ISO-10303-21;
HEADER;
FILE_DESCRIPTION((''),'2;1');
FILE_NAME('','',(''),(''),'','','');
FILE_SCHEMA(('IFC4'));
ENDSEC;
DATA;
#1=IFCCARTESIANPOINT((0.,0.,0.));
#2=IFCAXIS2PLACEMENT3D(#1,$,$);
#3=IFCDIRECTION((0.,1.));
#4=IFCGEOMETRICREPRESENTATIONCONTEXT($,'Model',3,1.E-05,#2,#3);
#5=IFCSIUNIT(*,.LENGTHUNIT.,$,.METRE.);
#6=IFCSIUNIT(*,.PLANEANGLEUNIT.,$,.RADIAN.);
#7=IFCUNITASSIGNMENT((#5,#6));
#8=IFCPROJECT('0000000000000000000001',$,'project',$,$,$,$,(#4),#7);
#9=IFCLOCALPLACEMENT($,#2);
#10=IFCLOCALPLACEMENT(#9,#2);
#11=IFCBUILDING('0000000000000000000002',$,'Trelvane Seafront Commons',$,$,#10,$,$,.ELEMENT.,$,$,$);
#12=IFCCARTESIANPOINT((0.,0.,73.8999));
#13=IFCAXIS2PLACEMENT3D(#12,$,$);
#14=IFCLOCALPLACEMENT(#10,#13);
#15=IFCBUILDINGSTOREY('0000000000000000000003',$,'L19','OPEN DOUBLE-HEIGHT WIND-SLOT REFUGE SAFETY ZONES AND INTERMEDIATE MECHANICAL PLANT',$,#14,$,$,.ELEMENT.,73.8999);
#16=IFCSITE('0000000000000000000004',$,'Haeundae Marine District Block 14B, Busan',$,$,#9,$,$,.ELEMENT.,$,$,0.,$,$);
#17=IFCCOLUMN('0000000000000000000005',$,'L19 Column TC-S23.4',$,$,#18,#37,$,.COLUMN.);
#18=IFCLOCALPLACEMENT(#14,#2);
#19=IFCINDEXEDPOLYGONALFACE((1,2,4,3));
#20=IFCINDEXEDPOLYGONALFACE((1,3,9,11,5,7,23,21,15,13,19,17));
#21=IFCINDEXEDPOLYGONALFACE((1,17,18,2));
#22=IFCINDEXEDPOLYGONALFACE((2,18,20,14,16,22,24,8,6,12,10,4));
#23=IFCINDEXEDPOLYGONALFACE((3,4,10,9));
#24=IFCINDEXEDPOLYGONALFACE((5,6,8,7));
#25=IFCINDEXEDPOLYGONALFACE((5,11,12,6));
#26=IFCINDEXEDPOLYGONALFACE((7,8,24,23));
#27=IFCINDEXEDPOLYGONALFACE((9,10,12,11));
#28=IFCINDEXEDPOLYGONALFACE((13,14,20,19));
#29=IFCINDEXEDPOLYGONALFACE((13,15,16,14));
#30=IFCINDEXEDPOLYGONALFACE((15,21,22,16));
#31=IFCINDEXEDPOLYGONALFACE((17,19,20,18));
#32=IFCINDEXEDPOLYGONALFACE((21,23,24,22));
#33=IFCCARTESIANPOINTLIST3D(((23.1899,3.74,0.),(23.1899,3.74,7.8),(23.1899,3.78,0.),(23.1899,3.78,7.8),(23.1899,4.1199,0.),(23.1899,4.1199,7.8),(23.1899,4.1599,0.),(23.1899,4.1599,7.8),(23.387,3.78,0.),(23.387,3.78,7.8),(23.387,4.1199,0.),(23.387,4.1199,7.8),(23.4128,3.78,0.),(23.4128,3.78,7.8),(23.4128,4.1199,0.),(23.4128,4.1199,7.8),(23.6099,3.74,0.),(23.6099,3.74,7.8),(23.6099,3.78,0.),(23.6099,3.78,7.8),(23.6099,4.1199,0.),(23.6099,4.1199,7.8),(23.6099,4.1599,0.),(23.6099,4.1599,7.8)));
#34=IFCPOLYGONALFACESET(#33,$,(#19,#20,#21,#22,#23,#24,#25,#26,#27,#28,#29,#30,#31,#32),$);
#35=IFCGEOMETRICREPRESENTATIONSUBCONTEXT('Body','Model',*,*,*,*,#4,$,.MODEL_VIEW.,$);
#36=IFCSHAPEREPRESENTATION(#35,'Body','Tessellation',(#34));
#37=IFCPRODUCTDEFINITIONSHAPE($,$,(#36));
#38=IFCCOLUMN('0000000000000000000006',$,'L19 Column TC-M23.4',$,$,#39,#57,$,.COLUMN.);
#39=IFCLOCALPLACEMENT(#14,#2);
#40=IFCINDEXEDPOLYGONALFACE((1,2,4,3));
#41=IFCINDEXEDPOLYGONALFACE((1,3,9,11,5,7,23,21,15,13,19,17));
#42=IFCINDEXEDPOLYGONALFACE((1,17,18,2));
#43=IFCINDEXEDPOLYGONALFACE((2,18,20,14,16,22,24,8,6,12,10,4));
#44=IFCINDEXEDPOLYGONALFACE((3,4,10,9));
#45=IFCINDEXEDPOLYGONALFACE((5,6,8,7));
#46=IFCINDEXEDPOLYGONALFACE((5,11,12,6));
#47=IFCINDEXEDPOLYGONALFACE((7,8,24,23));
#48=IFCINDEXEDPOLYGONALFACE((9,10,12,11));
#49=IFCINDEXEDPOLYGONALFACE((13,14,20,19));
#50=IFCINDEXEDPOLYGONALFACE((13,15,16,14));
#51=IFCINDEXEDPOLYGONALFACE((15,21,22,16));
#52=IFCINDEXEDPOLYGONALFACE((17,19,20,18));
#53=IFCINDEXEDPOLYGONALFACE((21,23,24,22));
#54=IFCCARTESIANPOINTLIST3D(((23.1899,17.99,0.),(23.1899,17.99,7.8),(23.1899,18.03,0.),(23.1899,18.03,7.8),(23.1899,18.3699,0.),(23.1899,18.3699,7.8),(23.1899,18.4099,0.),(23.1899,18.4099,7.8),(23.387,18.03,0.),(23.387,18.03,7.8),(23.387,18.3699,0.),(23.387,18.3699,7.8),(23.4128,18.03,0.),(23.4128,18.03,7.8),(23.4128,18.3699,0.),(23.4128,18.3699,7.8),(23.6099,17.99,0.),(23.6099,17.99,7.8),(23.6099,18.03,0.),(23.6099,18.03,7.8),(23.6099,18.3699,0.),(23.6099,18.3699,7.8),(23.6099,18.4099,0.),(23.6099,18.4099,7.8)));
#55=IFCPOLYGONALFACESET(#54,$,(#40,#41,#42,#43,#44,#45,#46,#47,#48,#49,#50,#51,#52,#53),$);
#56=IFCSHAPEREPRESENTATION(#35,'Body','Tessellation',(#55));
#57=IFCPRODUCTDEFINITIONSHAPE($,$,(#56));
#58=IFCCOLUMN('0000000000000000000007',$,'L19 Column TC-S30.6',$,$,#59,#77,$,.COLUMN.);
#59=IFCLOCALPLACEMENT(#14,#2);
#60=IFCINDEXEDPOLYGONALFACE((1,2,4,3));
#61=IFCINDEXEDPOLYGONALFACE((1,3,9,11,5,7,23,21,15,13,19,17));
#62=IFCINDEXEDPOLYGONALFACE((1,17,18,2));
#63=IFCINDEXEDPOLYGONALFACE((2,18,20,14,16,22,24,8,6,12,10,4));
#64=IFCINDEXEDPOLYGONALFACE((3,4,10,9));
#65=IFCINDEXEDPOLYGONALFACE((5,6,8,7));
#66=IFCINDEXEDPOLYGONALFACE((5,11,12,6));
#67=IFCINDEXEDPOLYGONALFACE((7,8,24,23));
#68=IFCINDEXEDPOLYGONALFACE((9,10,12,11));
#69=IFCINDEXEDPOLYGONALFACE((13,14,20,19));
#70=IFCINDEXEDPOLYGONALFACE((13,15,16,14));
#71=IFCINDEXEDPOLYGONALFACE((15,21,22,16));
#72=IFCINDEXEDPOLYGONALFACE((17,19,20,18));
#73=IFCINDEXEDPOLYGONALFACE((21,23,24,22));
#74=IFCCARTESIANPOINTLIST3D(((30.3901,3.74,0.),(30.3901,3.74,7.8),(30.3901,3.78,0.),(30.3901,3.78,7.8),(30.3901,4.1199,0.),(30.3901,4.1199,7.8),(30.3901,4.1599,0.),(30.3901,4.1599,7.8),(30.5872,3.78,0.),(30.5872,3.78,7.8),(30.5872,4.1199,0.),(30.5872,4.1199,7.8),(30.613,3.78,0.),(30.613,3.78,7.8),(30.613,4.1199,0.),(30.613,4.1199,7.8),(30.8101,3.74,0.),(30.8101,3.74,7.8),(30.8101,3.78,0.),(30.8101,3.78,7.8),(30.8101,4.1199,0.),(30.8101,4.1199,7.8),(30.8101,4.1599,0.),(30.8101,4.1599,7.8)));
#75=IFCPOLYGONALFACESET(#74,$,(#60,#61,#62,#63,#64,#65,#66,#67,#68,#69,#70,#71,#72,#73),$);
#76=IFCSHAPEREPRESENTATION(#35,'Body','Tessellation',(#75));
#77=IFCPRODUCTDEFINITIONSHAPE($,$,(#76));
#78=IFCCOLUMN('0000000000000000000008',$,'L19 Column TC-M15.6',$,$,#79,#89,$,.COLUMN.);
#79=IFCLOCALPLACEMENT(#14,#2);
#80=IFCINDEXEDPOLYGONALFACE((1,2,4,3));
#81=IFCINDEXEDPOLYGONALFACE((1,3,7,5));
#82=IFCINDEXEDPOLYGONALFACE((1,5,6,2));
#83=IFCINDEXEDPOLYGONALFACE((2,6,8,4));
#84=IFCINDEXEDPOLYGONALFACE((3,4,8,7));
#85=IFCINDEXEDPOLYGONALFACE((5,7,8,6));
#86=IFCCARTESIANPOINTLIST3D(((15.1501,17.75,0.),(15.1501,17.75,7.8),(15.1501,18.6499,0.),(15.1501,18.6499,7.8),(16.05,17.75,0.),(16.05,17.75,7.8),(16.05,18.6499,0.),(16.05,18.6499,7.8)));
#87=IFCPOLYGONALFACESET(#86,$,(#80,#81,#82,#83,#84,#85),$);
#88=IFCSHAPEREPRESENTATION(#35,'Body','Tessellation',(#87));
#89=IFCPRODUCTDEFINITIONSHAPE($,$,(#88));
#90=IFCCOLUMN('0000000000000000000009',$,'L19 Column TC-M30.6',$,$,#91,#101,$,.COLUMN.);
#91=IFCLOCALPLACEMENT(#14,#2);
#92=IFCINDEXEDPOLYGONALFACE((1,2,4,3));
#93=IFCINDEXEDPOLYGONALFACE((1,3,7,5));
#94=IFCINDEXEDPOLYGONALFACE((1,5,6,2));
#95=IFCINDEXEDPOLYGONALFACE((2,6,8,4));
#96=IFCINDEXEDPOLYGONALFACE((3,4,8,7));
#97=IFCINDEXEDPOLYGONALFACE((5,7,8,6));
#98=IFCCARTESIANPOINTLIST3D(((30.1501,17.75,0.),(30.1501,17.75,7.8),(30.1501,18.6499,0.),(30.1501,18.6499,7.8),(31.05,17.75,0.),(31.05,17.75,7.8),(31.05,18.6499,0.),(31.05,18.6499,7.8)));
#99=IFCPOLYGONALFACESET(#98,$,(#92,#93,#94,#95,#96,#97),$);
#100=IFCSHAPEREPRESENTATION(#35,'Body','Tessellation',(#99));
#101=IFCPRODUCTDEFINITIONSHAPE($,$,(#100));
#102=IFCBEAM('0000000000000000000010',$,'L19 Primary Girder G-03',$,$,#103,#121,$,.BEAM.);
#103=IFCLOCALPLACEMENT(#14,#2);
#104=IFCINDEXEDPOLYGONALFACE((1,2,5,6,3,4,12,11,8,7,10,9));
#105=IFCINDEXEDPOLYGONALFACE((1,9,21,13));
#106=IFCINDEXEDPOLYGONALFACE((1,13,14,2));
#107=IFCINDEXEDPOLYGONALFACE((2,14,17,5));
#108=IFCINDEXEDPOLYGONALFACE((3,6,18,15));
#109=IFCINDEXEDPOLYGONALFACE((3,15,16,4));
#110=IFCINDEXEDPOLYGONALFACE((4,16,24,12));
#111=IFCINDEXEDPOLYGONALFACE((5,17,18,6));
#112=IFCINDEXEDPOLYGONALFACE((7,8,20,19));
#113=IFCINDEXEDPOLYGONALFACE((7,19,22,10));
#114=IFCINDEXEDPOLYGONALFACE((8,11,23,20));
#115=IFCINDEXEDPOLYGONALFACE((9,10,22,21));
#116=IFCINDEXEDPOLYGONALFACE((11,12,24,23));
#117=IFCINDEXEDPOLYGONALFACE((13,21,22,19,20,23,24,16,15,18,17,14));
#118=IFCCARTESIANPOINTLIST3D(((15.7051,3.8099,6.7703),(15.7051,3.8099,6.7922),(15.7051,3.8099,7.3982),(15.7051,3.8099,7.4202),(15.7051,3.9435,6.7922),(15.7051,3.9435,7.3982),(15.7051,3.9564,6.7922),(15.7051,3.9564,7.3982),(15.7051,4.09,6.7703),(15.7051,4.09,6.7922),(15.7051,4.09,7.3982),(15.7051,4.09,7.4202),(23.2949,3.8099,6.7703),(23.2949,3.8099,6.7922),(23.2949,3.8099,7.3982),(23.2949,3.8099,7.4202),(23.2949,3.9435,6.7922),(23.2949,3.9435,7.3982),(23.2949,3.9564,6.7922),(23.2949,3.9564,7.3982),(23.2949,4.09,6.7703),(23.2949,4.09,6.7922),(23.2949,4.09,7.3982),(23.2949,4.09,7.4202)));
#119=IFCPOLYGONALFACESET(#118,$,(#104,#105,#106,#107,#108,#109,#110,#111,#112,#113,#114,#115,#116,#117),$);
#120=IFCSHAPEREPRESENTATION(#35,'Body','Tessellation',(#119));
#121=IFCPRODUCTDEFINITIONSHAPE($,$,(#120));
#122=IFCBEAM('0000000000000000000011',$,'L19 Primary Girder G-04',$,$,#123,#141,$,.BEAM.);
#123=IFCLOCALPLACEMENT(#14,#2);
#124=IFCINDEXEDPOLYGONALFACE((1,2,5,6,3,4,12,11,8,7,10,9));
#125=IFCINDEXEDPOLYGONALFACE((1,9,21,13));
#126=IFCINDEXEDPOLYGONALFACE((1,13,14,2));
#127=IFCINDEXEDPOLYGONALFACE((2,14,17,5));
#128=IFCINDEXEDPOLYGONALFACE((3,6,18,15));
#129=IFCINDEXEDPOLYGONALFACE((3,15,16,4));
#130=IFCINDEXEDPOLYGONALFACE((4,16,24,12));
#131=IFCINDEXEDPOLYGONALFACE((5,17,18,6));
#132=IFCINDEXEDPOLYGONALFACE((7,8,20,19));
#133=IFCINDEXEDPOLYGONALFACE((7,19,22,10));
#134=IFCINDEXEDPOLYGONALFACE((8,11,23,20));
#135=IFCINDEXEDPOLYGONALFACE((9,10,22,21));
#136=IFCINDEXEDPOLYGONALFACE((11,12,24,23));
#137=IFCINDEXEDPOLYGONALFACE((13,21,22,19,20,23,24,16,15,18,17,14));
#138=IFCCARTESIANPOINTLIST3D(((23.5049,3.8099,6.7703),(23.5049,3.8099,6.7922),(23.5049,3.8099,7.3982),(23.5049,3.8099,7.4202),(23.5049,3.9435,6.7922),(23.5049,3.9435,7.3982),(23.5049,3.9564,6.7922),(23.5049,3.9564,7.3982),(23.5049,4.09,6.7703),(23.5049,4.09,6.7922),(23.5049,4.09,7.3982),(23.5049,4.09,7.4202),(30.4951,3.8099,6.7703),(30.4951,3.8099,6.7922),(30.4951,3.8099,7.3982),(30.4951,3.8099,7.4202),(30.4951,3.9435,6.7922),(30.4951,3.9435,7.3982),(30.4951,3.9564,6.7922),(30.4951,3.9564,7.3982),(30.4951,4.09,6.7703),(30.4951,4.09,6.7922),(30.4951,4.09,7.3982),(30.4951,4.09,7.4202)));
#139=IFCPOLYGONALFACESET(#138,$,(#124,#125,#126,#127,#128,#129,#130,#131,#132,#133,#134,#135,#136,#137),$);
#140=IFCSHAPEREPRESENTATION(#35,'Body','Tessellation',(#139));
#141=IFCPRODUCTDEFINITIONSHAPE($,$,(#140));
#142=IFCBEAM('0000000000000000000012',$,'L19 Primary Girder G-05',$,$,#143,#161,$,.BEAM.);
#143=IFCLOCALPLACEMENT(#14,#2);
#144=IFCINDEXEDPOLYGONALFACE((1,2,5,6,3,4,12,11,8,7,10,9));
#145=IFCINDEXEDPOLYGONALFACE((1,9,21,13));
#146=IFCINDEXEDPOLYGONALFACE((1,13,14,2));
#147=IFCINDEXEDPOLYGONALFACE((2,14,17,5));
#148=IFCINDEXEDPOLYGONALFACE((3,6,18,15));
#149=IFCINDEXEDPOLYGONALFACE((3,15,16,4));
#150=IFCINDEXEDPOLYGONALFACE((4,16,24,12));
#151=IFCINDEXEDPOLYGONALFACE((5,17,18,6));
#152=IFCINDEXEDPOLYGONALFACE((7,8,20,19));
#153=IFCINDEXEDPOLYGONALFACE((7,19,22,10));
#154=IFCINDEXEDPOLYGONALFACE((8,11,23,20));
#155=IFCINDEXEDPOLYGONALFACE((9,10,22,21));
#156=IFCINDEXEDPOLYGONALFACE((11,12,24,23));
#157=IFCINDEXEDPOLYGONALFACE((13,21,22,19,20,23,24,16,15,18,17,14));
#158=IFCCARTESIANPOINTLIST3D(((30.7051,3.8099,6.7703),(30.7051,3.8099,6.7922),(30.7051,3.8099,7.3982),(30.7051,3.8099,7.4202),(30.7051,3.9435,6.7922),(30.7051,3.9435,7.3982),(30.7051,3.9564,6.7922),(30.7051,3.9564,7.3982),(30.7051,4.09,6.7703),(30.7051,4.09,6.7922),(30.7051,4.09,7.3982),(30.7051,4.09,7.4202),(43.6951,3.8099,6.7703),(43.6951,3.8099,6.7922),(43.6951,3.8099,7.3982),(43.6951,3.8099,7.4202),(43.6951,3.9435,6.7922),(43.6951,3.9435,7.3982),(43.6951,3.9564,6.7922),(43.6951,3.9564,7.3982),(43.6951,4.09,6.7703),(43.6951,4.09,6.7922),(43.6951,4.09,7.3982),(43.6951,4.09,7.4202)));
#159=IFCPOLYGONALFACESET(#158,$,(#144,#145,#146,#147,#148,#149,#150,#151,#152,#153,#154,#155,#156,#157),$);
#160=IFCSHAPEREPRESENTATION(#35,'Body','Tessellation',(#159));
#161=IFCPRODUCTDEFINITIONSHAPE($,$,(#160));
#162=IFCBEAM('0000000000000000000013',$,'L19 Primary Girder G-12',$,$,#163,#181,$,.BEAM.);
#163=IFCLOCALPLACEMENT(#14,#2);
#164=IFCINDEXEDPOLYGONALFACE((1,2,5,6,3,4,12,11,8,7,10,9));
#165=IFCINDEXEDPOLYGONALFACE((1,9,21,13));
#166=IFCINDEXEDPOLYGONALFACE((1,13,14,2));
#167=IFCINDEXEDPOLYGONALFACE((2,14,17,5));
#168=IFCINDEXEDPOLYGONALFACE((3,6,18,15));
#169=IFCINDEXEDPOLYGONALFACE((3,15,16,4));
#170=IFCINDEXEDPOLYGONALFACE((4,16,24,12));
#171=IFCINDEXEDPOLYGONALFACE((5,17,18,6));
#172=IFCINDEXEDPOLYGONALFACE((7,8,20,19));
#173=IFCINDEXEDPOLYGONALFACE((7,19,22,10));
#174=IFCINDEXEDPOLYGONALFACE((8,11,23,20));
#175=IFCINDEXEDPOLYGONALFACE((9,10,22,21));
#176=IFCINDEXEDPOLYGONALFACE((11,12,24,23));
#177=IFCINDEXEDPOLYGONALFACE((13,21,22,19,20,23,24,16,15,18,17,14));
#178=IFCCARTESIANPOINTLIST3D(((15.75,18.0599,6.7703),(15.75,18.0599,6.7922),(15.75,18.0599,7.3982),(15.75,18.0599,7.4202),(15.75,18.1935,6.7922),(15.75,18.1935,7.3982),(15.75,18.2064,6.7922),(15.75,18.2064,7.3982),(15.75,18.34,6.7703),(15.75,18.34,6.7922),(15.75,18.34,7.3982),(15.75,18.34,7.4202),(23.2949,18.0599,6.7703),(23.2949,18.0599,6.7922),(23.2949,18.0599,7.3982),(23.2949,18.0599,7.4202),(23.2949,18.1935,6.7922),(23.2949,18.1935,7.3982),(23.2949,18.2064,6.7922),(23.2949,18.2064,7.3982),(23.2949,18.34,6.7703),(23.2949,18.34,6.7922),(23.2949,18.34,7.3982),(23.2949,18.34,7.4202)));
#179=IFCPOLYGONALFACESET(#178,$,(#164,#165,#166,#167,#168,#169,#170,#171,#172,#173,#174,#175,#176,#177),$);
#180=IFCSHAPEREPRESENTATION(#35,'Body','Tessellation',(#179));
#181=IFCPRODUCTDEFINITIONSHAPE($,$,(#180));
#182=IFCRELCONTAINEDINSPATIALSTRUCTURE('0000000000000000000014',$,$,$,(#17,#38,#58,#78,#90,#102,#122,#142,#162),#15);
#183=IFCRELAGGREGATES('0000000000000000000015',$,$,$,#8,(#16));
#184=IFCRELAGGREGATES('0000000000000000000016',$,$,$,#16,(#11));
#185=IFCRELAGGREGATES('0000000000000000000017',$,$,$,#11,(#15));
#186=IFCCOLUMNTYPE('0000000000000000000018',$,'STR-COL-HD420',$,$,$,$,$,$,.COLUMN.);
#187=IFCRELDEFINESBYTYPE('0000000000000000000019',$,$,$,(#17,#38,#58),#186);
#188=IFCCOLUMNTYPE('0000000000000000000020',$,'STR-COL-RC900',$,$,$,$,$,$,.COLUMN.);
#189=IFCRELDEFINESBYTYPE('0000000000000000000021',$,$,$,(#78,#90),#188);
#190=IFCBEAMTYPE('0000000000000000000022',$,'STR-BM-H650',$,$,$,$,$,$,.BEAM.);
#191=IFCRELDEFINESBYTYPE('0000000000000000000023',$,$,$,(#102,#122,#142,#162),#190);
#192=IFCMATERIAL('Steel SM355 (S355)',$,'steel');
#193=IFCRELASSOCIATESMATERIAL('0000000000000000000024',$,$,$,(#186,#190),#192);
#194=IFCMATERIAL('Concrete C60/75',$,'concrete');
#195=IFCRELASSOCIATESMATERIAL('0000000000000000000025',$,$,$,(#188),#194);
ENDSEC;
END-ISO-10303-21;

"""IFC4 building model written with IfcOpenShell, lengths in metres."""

from ifc_helpers import new_model, si_unit, direction, frame, origin, origin_2d, place, context, subcontext, project, spatial, rectangle, i_section, extrude, source, transform, mapped, material, material_profile, profile_set, type_object, element, save


model = new_model("IFC4")

# Units and contexts
model_context = context("Model", 3, precision=1e-05, world=origin(), true_north=direction((0.0, 1.0)))
body_context = subcontext(model_context, "Body", "Model", "MODEL_VIEW")
ifc_project = project(units=[si_unit("LENGTHUNIT", "METRE"), si_unit("PLANEANGLEUNIT", "RADIAN")], contexts=[model_context])

# Site, building, storey
site_placement = place(None, origin())
site = spatial("IfcSite", under=ifc_project, at=site_placement, Name="Haeundae Marine District Block 14B, Busan", CompositionType="ELEMENT", RefElevation=0.0)
building_placement = place(site_placement, origin())
building = spatial("IfcBuilding", under=site, at=building_placement, Name="Trelvane Seafront Commons", CompositionType="ELEMENT")
storey_placement = place(building_placement, frame((0.0, 0.0, 73.8999)))
storey = spatial("IfcBuildingStorey", under=building, at=storey_placement, Name="L19", Description="OPEN DOUBLE-HEIGHT WIND-SLOT REFUGE SAFETY ZONES AND INTERMEDIATE MECHANICAL PLANT", CompositionType="ELEMENT", Elevation=73.8999)

# Columns
ifc_material_1 = material(Name="Steel SM355 (S355)", Category="steel")
ifc_material_profile_1 = material_profile(ifc_material_1, i_section(OverallWidth=0.4199, OverallDepth=0.4199, WebThickness=0.0259, FlangeThickness=0.04, at=origin_2d()), Name="HD-420x420x26x40")
ifc_profile_set_1 = profile_set([ifc_material_profile_1], Name="Steel SM355 (S355)")
column_type_1 = type_object("IfcColumnType", Name="STR-COL-HD420", PredefinedType="COLUMN", material=ifc_profile_set_1)
shared_shape_1 = source(origin(), body_context, "Body", "SweptSolid", [
    extrude(i_section(OverallWidth=0.4199, OverallDepth=0.4199, WebThickness=0.0259, FlangeThickness=0.04, at=origin_2d()), origin(), (0.0, 0.0, 1.0), 7.8),
])
for number, where, z_axis, x_axis, name in (
    (1, (23.3999, 3.95, 0.0), (0.0, 0.0, 1.0), (1.0, 0.0, 0.0), "L19 Column TC-S23.4"),
    (2, (23.3999, 18.2, 0.0), (0.0, 0.0, 1.0), (1.0, 0.0, 0.0), "L19 Column TC-M23.4"),
    (3, (30.6001, 3.95, 0.0), (0.0, 0.0, 1.0), (1.0, 0.0, 0.0), "L19 Column TC-S30.6"),
):
    element("IfcColumn", number, at=place(storey_placement, frame(where, z_axis=z_axis, x_axis=x_axis)), inside=storey, type_object=column_type_1, Name=name, PredefinedType="COLUMN", context=body_context, shape_type="MappedRepresentation", body=[
        mapped(shared_shape_1, transform((0.0, 0.0, 0.0), x_axis=(1.0, 0.0, 0.0), y_axis=(0.0, 1.0, 0.0), z_axis=(0.0, 0.0, 1.0), scale=1.0)),
    ])
ifc_material_2 = material(Name="Concrete C60/75", Category="concrete")
ifc_material_profile_2 = material_profile(ifc_material_2, rectangle(XDim=0.8999, YDim=0.8999, at=origin_2d()), Name="RC-900x900")
ifc_profile_set_2 = profile_set([ifc_material_profile_2], Name="Concrete C60/75")
column_type_2 = type_object("IfcColumnType", Name="STR-COL-RC900", PredefinedType="COLUMN", material=ifc_profile_set_2)
shared_shape_2 = source(origin(), body_context, "Body", "SweptSolid", [
    extrude(rectangle(XDim=0.8999, YDim=0.8999, at=origin_2d()), origin(), (0.0, 0.0, 1.0), 7.8),
])
for number, where, z_axis, x_axis, name in (
    (4, (15.6001, 18.2, 0.0), (0.0, 0.0, 1.0), (1.0, 0.0, 0.0), "L19 Column TC-M15.6"),
    (5, (30.6001, 18.2, 0.0), (0.0, 0.0, 1.0), (1.0, 0.0, 0.0), "L19 Column TC-M30.6"),
):
    element("IfcColumn", number, at=place(storey_placement, frame(where, z_axis=z_axis, x_axis=x_axis)), inside=storey, type_object=column_type_2, Name=name, PredefinedType="COLUMN", context=body_context, shape_type="MappedRepresentation", body=[
        mapped(shared_shape_2, transform((0.0, 0.0, 0.0), x_axis=(1.0, 0.0, 0.0), y_axis=(0.0, 1.0, 0.0), z_axis=(0.0, 0.0, 1.0), scale=1.0)),
    ])

# Beams
ifc_material_profile_3 = material_profile(ifc_material_1, i_section(OverallWidth=0.28, OverallDepth=0.6499, WebThickness=0.0129, FlangeThickness=0.022, at=origin_2d()), Name="H-650x280x13x22")
ifc_profile_set_3 = profile_set([ifc_material_profile_3], Name="Steel SM355 (S355)")
beam_type_1 = type_object("IfcBeamType", Name="STR-BM-H650", PredefinedType="BEAM", material=ifc_profile_set_3)
shared_shape_3 = source(origin(), body_context, "Body", "SweptSolid", [
    extrude(i_section(OverallWidth=0.28, OverallDepth=0.6499, WebThickness=0.0129, FlangeThickness=0.022, at=origin_2d()), origin(), (0.0, 0.0, 1.0), 7.5898),
])
beam_1_placement = place(storey_placement, frame((15.7051, 3.95, 7.0952), z_axis=(1.0, 0.0, 0.0), x_axis=(0.0, 1.0, 0.0)))
element("IfcBeam", 6, at=beam_1_placement, inside=storey, type_object=beam_type_1, Name="L19 Primary Girder G-03", PredefinedType="BEAM", context=body_context, shape_type="MappedRepresentation", body=[
    mapped(shared_shape_3, transform((0.0, 0.0, 0.0), x_axis=(1.0, 0.0, 0.0), y_axis=(0.0, 1.0, 0.0), z_axis=(0.0, 0.0, 1.0), scale=1.0)),
])
shared_shape_4 = source(origin(), body_context, "Body", "SweptSolid", [
    extrude(i_section(OverallWidth=0.28, OverallDepth=0.6499, WebThickness=0.0129, FlangeThickness=0.022, at=origin_2d()), origin(), (0.0, 0.0, 1.0), 6.9902),
])
beam_2_placement = place(storey_placement, frame((23.5049, 3.95, 7.0952), z_axis=(1.0, 0.0, 0.0), x_axis=(0.0, 1.0, 0.0)))
element("IfcBeam", 7, at=beam_2_placement, inside=storey, type_object=beam_type_1, Name="L19 Primary Girder G-04", PredefinedType="BEAM", context=body_context, shape_type="MappedRepresentation", body=[
    mapped(shared_shape_4, transform((0.0, 0.0, 0.0), x_axis=(1.0, 0.0, 0.0), y_axis=(0.0, 1.0, 0.0), z_axis=(0.0, 0.0, 1.0), scale=1.0)),
])
shared_shape_5 = source(origin(), body_context, "Body", "SweptSolid", [
    extrude(i_section(OverallWidth=0.28, OverallDepth=0.6499, WebThickness=0.0129, FlangeThickness=0.022, at=origin_2d()), origin(), (0.0, 0.0, 1.0), 12.99),
])
beam_3_placement = place(storey_placement, frame((30.7051, 3.95, 7.0952), z_axis=(1.0, 0.0, 0.0), x_axis=(0.0, 1.0, 0.0)))
element("IfcBeam", 8, at=beam_3_placement, inside=storey, type_object=beam_type_1, Name="L19 Primary Girder G-05", PredefinedType="BEAM", context=body_context, shape_type="MappedRepresentation", body=[
    mapped(shared_shape_5, transform((0.0, 0.0, 0.0), x_axis=(1.0, 0.0, 0.0), y_axis=(0.0, 1.0, 0.0), z_axis=(0.0, 0.0, 1.0), scale=1.0)),
])
shared_shape_6 = source(origin(), body_context, "Body", "SweptSolid", [
    extrude(i_section(OverallWidth=0.28, OverallDepth=0.6499, WebThickness=0.0129, FlangeThickness=0.022, at=origin_2d()), origin(), (0.0, 0.0, 1.0), 7.5449),
])
beam_4_placement = place(storey_placement, frame((15.75, 18.2, 7.0952), z_axis=(1.0, 0.0, 0.0), x_axis=(0.0, 1.0, 0.0)))
element("IfcBeam", 9, at=beam_4_placement, inside=storey, type_object=beam_type_1, Name="L19 Primary Girder G-12", PredefinedType="BEAM", context=body_context, shape_type="MappedRepresentation", body=[
    mapped(shared_shape_6, transform((0.0, 0.0, 0.0), x_axis=(1.0, 0.0, 0.0), y_axis=(0.0, 1.0, 0.0), z_axis=(0.0, 0.0, 1.0), scale=1.0)),
])

save(model, "model.ifc")
